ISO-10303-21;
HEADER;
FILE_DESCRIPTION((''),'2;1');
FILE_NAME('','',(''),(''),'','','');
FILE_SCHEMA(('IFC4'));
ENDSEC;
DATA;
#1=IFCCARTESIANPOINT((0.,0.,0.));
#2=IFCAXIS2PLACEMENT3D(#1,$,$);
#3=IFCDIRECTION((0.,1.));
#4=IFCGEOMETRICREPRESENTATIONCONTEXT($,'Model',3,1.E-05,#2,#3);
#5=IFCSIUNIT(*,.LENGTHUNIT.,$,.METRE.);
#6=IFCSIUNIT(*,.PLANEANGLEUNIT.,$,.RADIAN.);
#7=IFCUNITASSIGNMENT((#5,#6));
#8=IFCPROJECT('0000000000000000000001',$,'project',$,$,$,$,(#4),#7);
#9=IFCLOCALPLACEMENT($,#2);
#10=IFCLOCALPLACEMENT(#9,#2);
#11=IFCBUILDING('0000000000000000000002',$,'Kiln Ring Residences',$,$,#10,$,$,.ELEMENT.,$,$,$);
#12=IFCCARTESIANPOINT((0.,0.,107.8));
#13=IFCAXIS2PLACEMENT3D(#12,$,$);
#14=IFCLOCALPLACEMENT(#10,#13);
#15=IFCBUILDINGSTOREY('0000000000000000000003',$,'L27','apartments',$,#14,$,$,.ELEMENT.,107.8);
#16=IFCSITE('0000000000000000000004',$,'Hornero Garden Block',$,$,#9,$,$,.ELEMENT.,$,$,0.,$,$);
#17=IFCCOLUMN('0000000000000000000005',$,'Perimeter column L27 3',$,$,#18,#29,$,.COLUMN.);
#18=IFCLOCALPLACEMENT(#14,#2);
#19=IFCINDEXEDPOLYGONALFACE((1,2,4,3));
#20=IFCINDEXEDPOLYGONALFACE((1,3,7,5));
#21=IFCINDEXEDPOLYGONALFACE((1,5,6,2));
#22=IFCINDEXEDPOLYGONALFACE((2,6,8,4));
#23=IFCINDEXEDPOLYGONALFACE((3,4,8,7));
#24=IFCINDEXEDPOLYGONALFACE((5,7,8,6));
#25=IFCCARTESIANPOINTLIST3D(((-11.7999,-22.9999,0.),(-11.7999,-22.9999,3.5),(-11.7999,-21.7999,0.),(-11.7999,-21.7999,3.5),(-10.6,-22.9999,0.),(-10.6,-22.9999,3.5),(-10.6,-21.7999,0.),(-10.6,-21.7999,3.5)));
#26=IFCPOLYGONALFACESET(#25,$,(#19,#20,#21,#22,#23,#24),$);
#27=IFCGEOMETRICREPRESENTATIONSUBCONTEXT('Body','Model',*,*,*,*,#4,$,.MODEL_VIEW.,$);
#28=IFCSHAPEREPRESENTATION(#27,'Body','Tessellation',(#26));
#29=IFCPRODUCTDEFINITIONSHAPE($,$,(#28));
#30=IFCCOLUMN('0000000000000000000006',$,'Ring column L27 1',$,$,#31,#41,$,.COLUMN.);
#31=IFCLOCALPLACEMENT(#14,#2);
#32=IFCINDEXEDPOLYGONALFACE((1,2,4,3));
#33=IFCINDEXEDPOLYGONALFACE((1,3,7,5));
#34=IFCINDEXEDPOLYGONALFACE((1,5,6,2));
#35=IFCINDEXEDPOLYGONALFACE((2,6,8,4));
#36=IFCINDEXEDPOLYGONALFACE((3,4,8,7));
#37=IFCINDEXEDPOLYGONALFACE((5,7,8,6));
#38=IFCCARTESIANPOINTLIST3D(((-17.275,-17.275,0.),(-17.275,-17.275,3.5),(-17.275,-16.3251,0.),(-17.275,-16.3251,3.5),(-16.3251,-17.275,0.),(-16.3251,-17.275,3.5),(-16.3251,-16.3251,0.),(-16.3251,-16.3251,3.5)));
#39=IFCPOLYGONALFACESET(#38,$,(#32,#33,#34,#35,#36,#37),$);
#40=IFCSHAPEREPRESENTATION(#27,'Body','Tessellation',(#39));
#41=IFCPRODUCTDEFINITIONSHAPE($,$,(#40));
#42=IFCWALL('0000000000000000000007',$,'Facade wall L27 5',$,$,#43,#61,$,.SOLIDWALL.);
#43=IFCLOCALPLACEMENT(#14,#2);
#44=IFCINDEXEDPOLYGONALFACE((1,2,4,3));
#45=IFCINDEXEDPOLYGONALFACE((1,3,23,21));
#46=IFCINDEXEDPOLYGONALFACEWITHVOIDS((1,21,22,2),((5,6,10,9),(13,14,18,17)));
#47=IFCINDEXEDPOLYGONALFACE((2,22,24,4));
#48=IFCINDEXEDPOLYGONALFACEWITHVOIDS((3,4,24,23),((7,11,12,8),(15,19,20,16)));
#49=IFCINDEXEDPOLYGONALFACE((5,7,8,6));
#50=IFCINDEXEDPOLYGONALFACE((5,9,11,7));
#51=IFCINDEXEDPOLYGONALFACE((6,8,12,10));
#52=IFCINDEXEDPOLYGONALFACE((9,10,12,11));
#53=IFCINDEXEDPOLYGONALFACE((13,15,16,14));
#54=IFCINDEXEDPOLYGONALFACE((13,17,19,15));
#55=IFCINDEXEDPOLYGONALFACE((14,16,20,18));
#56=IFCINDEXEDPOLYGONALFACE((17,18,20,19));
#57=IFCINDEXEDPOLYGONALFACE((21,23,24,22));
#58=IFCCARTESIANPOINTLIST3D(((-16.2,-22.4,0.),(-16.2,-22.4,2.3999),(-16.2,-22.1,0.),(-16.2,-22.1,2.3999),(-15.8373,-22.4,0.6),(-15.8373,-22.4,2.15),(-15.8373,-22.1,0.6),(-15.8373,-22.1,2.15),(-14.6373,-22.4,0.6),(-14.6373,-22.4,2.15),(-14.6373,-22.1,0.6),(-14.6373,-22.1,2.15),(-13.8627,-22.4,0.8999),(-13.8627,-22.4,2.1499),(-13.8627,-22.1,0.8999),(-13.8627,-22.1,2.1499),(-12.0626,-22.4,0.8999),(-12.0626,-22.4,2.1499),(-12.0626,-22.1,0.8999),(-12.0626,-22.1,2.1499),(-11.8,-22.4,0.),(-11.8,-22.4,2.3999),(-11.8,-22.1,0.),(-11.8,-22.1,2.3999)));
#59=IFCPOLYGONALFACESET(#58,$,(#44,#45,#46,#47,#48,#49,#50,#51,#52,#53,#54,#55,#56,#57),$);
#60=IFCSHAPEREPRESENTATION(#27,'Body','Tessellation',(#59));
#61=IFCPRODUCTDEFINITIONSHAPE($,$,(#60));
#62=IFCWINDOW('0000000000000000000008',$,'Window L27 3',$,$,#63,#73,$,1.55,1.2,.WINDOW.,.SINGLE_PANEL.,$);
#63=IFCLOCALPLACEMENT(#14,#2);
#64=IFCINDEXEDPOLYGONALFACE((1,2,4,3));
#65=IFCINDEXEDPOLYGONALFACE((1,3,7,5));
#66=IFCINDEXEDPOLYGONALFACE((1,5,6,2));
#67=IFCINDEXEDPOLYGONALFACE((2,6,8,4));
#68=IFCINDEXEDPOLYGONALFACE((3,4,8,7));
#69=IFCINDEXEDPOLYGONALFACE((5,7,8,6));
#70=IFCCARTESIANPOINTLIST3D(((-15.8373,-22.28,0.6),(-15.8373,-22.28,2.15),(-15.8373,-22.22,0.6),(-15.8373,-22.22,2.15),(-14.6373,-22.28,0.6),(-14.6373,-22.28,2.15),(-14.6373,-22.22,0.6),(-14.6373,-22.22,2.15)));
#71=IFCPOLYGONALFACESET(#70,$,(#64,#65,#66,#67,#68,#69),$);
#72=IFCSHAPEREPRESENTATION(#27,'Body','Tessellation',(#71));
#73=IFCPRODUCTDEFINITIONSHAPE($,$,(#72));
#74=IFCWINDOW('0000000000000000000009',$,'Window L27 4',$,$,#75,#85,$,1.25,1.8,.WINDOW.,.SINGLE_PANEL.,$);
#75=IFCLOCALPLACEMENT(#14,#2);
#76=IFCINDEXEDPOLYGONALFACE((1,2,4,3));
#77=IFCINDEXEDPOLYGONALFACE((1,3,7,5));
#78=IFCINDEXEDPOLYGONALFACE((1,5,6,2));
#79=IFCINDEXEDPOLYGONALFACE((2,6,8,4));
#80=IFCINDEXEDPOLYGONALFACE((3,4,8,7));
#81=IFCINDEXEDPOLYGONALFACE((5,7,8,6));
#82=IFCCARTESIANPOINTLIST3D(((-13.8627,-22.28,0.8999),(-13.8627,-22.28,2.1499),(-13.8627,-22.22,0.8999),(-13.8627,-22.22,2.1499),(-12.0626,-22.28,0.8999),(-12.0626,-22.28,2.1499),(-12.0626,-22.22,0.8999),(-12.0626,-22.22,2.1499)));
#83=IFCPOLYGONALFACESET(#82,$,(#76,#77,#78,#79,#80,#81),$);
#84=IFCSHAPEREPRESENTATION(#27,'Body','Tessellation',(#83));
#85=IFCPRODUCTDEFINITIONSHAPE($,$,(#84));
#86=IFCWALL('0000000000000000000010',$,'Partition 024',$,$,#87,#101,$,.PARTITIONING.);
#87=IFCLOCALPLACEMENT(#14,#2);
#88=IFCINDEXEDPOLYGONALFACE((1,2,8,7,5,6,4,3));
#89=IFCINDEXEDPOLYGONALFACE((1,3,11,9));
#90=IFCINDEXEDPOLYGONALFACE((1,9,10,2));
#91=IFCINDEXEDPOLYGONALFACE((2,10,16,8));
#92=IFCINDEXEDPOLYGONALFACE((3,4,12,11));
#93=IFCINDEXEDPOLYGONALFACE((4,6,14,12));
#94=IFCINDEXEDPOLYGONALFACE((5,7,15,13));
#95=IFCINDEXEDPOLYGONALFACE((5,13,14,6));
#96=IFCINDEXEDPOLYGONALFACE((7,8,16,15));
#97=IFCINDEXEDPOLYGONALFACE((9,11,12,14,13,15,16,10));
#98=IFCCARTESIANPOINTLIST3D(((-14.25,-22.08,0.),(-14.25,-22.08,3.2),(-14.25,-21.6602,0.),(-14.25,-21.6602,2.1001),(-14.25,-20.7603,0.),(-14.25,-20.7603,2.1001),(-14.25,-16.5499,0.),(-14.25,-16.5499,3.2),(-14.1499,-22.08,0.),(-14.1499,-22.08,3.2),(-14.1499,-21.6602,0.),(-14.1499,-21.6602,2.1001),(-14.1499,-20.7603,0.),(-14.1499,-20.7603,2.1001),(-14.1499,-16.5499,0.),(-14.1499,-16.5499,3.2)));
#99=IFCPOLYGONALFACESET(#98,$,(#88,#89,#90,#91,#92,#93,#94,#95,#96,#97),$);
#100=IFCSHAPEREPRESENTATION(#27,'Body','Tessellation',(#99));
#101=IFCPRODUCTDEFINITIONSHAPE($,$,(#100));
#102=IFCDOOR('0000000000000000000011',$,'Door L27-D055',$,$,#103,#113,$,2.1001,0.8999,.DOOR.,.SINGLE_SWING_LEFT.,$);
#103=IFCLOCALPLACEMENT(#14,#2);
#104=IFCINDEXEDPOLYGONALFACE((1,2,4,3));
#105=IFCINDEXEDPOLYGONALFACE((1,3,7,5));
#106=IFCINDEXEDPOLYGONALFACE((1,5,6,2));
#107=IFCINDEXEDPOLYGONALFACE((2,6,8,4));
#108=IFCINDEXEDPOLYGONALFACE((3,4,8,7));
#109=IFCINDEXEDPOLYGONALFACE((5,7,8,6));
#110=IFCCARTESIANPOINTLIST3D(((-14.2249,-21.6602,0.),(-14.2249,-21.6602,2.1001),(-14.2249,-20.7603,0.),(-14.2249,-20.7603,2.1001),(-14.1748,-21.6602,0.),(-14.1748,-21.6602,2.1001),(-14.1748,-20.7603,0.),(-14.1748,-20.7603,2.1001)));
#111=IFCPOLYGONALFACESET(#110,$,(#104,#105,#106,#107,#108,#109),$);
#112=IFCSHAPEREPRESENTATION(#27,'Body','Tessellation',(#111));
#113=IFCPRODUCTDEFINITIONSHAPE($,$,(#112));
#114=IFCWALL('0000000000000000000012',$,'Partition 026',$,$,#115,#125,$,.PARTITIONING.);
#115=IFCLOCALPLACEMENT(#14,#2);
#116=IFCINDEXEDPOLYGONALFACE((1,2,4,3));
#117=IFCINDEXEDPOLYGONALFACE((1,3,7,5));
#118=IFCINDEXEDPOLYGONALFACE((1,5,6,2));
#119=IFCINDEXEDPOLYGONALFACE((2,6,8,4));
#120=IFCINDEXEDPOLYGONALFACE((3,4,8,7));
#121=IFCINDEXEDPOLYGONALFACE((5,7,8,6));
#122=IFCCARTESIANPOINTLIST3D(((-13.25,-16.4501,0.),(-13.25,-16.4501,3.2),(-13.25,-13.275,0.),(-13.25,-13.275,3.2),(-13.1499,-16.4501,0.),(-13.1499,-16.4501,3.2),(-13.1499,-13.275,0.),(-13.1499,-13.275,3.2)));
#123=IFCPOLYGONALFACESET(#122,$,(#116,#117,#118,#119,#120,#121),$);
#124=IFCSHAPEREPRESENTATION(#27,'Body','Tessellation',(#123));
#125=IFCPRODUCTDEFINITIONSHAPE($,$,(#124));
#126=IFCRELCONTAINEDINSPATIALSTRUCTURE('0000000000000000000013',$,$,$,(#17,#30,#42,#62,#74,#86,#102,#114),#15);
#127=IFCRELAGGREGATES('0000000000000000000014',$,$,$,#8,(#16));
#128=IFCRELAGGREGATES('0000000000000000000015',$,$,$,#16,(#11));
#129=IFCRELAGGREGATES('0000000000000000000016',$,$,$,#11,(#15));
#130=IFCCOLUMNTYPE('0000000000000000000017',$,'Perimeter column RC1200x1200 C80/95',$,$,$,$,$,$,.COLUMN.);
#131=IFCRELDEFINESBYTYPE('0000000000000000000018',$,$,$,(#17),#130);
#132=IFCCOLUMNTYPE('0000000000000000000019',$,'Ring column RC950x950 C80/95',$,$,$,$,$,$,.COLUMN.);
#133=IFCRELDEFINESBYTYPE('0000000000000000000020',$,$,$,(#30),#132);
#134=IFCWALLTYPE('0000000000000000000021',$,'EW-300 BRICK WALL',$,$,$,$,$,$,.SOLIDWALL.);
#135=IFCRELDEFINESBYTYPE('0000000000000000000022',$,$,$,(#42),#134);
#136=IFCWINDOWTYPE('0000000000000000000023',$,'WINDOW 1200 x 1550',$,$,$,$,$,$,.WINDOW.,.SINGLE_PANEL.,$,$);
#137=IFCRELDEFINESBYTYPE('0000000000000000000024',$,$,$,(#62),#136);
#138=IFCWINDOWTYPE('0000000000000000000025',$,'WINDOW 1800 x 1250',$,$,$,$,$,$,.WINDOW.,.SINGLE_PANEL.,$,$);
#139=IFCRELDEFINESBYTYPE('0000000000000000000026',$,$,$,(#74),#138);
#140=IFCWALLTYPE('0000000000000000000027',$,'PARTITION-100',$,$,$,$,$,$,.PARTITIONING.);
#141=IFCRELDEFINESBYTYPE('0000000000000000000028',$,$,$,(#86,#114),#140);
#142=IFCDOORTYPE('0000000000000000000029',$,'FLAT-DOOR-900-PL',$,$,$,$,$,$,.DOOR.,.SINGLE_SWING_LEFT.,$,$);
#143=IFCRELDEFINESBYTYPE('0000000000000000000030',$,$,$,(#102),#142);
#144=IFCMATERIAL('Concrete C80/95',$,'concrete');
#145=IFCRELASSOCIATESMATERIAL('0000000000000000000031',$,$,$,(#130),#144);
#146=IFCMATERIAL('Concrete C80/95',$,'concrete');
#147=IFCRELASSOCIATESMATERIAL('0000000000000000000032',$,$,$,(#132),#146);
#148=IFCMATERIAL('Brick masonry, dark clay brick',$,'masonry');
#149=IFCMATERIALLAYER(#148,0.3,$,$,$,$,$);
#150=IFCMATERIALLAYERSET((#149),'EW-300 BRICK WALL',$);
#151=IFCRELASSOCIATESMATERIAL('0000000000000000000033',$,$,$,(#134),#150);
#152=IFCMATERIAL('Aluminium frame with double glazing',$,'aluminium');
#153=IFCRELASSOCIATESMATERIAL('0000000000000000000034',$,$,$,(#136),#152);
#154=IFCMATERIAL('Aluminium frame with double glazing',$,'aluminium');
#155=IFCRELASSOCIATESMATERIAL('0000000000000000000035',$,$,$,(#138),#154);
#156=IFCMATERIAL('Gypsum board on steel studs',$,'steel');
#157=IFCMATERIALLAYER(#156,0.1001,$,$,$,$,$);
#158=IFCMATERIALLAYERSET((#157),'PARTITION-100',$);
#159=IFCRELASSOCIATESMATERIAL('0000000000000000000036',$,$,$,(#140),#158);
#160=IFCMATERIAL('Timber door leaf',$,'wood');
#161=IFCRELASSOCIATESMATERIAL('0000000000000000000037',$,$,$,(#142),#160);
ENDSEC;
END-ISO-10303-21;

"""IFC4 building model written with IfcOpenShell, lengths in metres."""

from ifc_helpers import new_model, si_unit, direction, frame, frame_2d, origin, origin_2d, place, context, subcontext, project, spatial, rectangle, extrude, material, layer, layer_set, material_profile, profile_set, type_object, element, fill, save


model = new_model("IFC4")

# Units and contexts
model_context = context("Model", 3, precision=1e-05, world=origin(), true_north=direction((0.0, 1.0)))
body_context = subcontext(model_context, "Body", "Model", "MODEL_VIEW")
ifc_project = project(units=[si_unit("LENGTHUNIT", "METRE"), si_unit("PLANEANGLEUNIT", "RADIAN")], contexts=[model_context])

# Site, building, storey
site_placement = place(None, origin())
site = spatial("IfcSite", under=ifc_project, at=site_placement, Name="Hornero Garden Block", CompositionType="ELEMENT", RefElevation=0.0)
building_placement = place(site_placement, origin())
building = spatial("IfcBuilding", under=site, at=building_placement, Name="Kiln Ring Residences", CompositionType="ELEMENT")
storey_placement = place(building_placement, frame((0.0, 0.0, 107.8)))
storey = spatial("IfcBuildingStorey", under=building, at=storey_placement, Name="L27", Description="apartments", CompositionType="ELEMENT", Elevation=107.8)

# Columns
ifc_material_1 = material(Name="Concrete C80/95", Category="concrete")
ifc_material_profile_1 = material_profile(ifc_material_1, rectangle(XDim=1.2, YDim=1.2, at=origin_2d()), Name="RC1200x1200")
ifc_profile_set_1 = profile_set([ifc_material_profile_1], Name="Concrete C80/95")
column_type_1 = type_object("IfcColumnType", Name="Perimeter column RC1200x1200 C80/95", PredefinedType="COLUMN", material=ifc_profile_set_1)
column_1_placement = place(storey_placement, frame((-11.2, -22.3999, 0.0), z_axis=(0.0, 0.0, 1.0), x_axis=(1.0, 0.0, 0.0)))
element("IfcColumn", 1, at=column_1_placement, inside=storey, type_object=column_type_1, Name="Perimeter column L27 3", PredefinedType="COLUMN", context=body_context, shape_type="SweptSolid", body=[
    extrude(rectangle(XDim=1.2, YDim=1.2, at=origin_2d()), origin(), (0.0, 0.0, 1.0), 3.5),
])
ifc_material_2 = material(Name="Concrete C80/95", Category="concrete")
ifc_material_profile_2 = material_profile(ifc_material_2, rectangle(XDim=0.95, YDim=0.95, at=origin_2d()), Name="RC950x950")
ifc_profile_set_2 = profile_set([ifc_material_profile_2], Name="Concrete C80/95")
column_type_2 = type_object("IfcColumnType", Name="Ring column RC950x950 C80/95", PredefinedType="COLUMN", material=ifc_profile_set_2)
column_2_placement = place(storey_placement, frame((-16.8, -16.8, 0.0), z_axis=(0.0, 0.0, 1.0), x_axis=(1.0, 0.0, 0.0)))
element("IfcColumn", 2, at=column_2_placement, inside=storey, type_object=column_type_2, Name="Ring column L27 1", PredefinedType="COLUMN", context=body_context, shape_type="SweptSolid", body=[
    extrude(rectangle(XDim=0.95, YDim=0.95, at=origin_2d()), origin(), (0.0, 0.0, 1.0), 3.5),
])

# Wall, openings, windows
ifc_material_3 = material(Name="Brick masonry, dark clay brick", Category="masonry")
ifc_layer_1 = layer(ifc_material_3, 0.3)
ifc_layer_set_1 = layer_set([ifc_layer_1], Name="EW-300 BRICK WALL")
wall_type_1 = type_object("IfcWallType", Name="EW-300 BRICK WALL", PredefinedType="SOLIDWALL", material=ifc_layer_set_1)
wall_1_placement = place(storey_placement, frame((-16.2, -22.25, 0.0), z_axis=(0.0, 0.0, 1.0), x_axis=(1.0, 0.0, 0.0)))
wall_1 = element("IfcWall", 3, at=wall_1_placement, inside=storey, type_object=wall_type_1, Name="Facade wall L27 5", PredefinedType="SOLIDWALL", context=body_context, shape_type="SweptSolid", body=[
    extrude(rectangle(XDim=4.3999, YDim=0.3, at=frame_2d((2.2, 0.0))), origin(), (0.0, 0.0, 1.0), 2.3999),
])
opening_1_placement = place(wall_1_placement, frame((0.3625, 0.0, 0.6001)))
opening_1 = element("IfcOpeningElement", 4, at=opening_1_placement, cuts=wall_1, PredefinedType="OPENING", context=body_context, shape_type="SweptSolid", body=[
    extrude(rectangle(XDim=1.2, YDim=1.55, at=frame_2d((0.6001, 0.7749))), frame((0.0, 0.1599, 0.0), z_axis=(0.0, -1.0, 0.0), x_axis=(1.0, 0.0, 0.0)), (0.0, 0.0, 1.0), 0.3201),
])
opening_2_placement = place(wall_1_placement, frame((2.3374, 0.0, 0.8999)))
opening_2 = element("IfcOpeningElement", 5, at=opening_2_placement, cuts=wall_1, PredefinedType="OPENING", context=body_context, shape_type="SweptSolid", body=[
    extrude(rectangle(XDim=1.8, YDim=1.25, at=frame_2d((0.8999, 0.625))), frame((0.0, 0.1599, 0.0), z_axis=(0.0, -1.0, 0.0), x_axis=(1.0, 0.0, 0.0)), (0.0, 0.0, 1.0), 0.3201),
])
ifc_material_4 = material(Name="Aluminium frame with double glazing", Category="aluminium")
window_type_1 = type_object("IfcWindowType", Name="WINDOW 1200 x 1550", PartitioningType="SINGLE_PANEL", PredefinedType="WINDOW", material=ifc_material_4)
window_1_placement = place(opening_1_placement, origin())
window_1 = element("IfcWindow", 6, at=window_1_placement, inside=storey, type_object=window_type_1, Name="Window L27 3", OverallHeight=1.55, OverallWidth=1.2, PartitioningType="SINGLE_PANEL", PredefinedType="WINDOW", context=body_context, shape_type="SweptSolid", body=[
    extrude(rectangle(XDim=1.2, YDim=1.55, at=frame_2d((0.6001, 0.7749))), frame((0.0, 0.03, 0.0), z_axis=(0.0, -1.0, 0.0), x_axis=(1.0, 0.0, 0.0)), (0.0, 0.0, 1.0), 0.0601),
])
fill(opening_1, window_1)
ifc_material_5 = material(Name="Aluminium frame with double glazing", Category="aluminium")
window_type_2 = type_object("IfcWindowType", Name="WINDOW 1800 x 1250", PartitioningType="SINGLE_PANEL", PredefinedType="WINDOW", material=ifc_material_5)
window_2_placement = place(opening_2_placement, origin())
window_2 = element("IfcWindow", 7, at=window_2_placement, inside=storey, type_object=window_type_2, Name="Window L27 4", OverallHeight=1.25, OverallWidth=1.8, PartitioningType="SINGLE_PANEL", PredefinedType="WINDOW", context=body_context, shape_type="SweptSolid", body=[
    extrude(rectangle(XDim=1.8, YDim=1.25, at=frame_2d((0.8999, 0.625))), frame((0.0, 0.03, 0.0), z_axis=(0.0, -1.0, 0.0), x_axis=(1.0, 0.0, 0.0)), (0.0, 0.0, 1.0), 0.0601),
])
fill(opening_2, window_2)

# Shared definitions
ifc_material_6 = material(Name="Gypsum board on steel studs", Category="steel")
ifc_layer_2 = layer(ifc_material_6, 0.1001)
ifc_layer_set_2 = layer_set([ifc_layer_2], Name="PARTITION-100")
wall_type_2 = type_object("IfcWallType", Name="PARTITION-100", PredefinedType="PARTITIONING", material=ifc_layer_set_2)
ifc_material_7 = material(Name="Timber door leaf", Category="wood")
door_type_1 = type_object("IfcDoorType", Name="FLAT-DOOR-900-PL", OperationType="SINGLE_SWING_LEFT", PredefinedType="DOOR", material=ifc_material_7)

# Wall, opening, door
wall_2_placement = place(storey_placement, frame((-14.2, -22.0801, 0.0), z_axis=(0.0, 0.0, 1.0), x_axis=(0.0, 1.0, 0.0)))
wall_2 = element("IfcWall", 8, at=wall_2_placement, inside=storey, type_object=wall_type_2, Name="Partition 024", PredefinedType="PARTITIONING", context=body_context, shape_type="SweptSolid", body=[
    extrude(rectangle(XDim=5.53, YDim=0.1001, at=frame_2d((2.7651, 0.0))), origin(), (0.0, 0.0, 1.0), 3.2),
])
opening_3_placement = place(wall_2_placement, frame((0.4199, 0.0, 0.0)))
opening_3 = element("IfcOpeningElement", 9, at=opening_3_placement, cuts=wall_2, PredefinedType="OPENING", context=body_context, shape_type="SweptSolid", body=[
    extrude(rectangle(XDim=0.8999, YDim=2.1001, at=frame_2d((0.45, 1.05))), frame((0.0, 0.0601, 0.0), z_axis=(0.0, -1.0, 0.0), x_axis=(1.0, 0.0, 0.0)), (0.0, 0.0, 1.0), 0.1201),
])
door_1_placement = place(opening_3_placement, origin())
door_1 = element("IfcDoor", 10, at=door_1_placement, inside=storey, type_object=door_type_1, Name="Door L27-D055", OperationType="SINGLE_SWING_LEFT", OverallHeight=2.1001, OverallWidth=0.8999, PredefinedType="DOOR", context=body_context, shape_type="SweptSolid", body=[
    extrude(rectangle(XDim=0.8999, YDim=2.1001, at=frame_2d((0.45, 1.05))), frame((0.0, 0.0249, 0.0), z_axis=(0.0, -1.0, 0.0), x_axis=(1.0, 0.0, 0.0)), (0.0, 0.0, 1.0), 0.05),
])
fill(opening_3, door_1)

# Wall
wall_3_placement = place(storey_placement, frame((-13.2, -16.45, 0.0), z_axis=(0.0, 0.0, 1.0), x_axis=(0.0, 1.0, 0.0)))
element("IfcWall", 11, at=wall_3_placement, inside=storey, type_object=wall_type_2, Name="Partition 026", PredefinedType="PARTITIONING", context=body_context, shape_type="SweptSolid", body=[
    extrude(rectangle(XDim=3.175, YDim=0.1001, at=frame_2d((1.5874, 0.0))), origin(), (0.0, 0.0, 1.0), 3.2),
])

save(model, "model.ifc")
